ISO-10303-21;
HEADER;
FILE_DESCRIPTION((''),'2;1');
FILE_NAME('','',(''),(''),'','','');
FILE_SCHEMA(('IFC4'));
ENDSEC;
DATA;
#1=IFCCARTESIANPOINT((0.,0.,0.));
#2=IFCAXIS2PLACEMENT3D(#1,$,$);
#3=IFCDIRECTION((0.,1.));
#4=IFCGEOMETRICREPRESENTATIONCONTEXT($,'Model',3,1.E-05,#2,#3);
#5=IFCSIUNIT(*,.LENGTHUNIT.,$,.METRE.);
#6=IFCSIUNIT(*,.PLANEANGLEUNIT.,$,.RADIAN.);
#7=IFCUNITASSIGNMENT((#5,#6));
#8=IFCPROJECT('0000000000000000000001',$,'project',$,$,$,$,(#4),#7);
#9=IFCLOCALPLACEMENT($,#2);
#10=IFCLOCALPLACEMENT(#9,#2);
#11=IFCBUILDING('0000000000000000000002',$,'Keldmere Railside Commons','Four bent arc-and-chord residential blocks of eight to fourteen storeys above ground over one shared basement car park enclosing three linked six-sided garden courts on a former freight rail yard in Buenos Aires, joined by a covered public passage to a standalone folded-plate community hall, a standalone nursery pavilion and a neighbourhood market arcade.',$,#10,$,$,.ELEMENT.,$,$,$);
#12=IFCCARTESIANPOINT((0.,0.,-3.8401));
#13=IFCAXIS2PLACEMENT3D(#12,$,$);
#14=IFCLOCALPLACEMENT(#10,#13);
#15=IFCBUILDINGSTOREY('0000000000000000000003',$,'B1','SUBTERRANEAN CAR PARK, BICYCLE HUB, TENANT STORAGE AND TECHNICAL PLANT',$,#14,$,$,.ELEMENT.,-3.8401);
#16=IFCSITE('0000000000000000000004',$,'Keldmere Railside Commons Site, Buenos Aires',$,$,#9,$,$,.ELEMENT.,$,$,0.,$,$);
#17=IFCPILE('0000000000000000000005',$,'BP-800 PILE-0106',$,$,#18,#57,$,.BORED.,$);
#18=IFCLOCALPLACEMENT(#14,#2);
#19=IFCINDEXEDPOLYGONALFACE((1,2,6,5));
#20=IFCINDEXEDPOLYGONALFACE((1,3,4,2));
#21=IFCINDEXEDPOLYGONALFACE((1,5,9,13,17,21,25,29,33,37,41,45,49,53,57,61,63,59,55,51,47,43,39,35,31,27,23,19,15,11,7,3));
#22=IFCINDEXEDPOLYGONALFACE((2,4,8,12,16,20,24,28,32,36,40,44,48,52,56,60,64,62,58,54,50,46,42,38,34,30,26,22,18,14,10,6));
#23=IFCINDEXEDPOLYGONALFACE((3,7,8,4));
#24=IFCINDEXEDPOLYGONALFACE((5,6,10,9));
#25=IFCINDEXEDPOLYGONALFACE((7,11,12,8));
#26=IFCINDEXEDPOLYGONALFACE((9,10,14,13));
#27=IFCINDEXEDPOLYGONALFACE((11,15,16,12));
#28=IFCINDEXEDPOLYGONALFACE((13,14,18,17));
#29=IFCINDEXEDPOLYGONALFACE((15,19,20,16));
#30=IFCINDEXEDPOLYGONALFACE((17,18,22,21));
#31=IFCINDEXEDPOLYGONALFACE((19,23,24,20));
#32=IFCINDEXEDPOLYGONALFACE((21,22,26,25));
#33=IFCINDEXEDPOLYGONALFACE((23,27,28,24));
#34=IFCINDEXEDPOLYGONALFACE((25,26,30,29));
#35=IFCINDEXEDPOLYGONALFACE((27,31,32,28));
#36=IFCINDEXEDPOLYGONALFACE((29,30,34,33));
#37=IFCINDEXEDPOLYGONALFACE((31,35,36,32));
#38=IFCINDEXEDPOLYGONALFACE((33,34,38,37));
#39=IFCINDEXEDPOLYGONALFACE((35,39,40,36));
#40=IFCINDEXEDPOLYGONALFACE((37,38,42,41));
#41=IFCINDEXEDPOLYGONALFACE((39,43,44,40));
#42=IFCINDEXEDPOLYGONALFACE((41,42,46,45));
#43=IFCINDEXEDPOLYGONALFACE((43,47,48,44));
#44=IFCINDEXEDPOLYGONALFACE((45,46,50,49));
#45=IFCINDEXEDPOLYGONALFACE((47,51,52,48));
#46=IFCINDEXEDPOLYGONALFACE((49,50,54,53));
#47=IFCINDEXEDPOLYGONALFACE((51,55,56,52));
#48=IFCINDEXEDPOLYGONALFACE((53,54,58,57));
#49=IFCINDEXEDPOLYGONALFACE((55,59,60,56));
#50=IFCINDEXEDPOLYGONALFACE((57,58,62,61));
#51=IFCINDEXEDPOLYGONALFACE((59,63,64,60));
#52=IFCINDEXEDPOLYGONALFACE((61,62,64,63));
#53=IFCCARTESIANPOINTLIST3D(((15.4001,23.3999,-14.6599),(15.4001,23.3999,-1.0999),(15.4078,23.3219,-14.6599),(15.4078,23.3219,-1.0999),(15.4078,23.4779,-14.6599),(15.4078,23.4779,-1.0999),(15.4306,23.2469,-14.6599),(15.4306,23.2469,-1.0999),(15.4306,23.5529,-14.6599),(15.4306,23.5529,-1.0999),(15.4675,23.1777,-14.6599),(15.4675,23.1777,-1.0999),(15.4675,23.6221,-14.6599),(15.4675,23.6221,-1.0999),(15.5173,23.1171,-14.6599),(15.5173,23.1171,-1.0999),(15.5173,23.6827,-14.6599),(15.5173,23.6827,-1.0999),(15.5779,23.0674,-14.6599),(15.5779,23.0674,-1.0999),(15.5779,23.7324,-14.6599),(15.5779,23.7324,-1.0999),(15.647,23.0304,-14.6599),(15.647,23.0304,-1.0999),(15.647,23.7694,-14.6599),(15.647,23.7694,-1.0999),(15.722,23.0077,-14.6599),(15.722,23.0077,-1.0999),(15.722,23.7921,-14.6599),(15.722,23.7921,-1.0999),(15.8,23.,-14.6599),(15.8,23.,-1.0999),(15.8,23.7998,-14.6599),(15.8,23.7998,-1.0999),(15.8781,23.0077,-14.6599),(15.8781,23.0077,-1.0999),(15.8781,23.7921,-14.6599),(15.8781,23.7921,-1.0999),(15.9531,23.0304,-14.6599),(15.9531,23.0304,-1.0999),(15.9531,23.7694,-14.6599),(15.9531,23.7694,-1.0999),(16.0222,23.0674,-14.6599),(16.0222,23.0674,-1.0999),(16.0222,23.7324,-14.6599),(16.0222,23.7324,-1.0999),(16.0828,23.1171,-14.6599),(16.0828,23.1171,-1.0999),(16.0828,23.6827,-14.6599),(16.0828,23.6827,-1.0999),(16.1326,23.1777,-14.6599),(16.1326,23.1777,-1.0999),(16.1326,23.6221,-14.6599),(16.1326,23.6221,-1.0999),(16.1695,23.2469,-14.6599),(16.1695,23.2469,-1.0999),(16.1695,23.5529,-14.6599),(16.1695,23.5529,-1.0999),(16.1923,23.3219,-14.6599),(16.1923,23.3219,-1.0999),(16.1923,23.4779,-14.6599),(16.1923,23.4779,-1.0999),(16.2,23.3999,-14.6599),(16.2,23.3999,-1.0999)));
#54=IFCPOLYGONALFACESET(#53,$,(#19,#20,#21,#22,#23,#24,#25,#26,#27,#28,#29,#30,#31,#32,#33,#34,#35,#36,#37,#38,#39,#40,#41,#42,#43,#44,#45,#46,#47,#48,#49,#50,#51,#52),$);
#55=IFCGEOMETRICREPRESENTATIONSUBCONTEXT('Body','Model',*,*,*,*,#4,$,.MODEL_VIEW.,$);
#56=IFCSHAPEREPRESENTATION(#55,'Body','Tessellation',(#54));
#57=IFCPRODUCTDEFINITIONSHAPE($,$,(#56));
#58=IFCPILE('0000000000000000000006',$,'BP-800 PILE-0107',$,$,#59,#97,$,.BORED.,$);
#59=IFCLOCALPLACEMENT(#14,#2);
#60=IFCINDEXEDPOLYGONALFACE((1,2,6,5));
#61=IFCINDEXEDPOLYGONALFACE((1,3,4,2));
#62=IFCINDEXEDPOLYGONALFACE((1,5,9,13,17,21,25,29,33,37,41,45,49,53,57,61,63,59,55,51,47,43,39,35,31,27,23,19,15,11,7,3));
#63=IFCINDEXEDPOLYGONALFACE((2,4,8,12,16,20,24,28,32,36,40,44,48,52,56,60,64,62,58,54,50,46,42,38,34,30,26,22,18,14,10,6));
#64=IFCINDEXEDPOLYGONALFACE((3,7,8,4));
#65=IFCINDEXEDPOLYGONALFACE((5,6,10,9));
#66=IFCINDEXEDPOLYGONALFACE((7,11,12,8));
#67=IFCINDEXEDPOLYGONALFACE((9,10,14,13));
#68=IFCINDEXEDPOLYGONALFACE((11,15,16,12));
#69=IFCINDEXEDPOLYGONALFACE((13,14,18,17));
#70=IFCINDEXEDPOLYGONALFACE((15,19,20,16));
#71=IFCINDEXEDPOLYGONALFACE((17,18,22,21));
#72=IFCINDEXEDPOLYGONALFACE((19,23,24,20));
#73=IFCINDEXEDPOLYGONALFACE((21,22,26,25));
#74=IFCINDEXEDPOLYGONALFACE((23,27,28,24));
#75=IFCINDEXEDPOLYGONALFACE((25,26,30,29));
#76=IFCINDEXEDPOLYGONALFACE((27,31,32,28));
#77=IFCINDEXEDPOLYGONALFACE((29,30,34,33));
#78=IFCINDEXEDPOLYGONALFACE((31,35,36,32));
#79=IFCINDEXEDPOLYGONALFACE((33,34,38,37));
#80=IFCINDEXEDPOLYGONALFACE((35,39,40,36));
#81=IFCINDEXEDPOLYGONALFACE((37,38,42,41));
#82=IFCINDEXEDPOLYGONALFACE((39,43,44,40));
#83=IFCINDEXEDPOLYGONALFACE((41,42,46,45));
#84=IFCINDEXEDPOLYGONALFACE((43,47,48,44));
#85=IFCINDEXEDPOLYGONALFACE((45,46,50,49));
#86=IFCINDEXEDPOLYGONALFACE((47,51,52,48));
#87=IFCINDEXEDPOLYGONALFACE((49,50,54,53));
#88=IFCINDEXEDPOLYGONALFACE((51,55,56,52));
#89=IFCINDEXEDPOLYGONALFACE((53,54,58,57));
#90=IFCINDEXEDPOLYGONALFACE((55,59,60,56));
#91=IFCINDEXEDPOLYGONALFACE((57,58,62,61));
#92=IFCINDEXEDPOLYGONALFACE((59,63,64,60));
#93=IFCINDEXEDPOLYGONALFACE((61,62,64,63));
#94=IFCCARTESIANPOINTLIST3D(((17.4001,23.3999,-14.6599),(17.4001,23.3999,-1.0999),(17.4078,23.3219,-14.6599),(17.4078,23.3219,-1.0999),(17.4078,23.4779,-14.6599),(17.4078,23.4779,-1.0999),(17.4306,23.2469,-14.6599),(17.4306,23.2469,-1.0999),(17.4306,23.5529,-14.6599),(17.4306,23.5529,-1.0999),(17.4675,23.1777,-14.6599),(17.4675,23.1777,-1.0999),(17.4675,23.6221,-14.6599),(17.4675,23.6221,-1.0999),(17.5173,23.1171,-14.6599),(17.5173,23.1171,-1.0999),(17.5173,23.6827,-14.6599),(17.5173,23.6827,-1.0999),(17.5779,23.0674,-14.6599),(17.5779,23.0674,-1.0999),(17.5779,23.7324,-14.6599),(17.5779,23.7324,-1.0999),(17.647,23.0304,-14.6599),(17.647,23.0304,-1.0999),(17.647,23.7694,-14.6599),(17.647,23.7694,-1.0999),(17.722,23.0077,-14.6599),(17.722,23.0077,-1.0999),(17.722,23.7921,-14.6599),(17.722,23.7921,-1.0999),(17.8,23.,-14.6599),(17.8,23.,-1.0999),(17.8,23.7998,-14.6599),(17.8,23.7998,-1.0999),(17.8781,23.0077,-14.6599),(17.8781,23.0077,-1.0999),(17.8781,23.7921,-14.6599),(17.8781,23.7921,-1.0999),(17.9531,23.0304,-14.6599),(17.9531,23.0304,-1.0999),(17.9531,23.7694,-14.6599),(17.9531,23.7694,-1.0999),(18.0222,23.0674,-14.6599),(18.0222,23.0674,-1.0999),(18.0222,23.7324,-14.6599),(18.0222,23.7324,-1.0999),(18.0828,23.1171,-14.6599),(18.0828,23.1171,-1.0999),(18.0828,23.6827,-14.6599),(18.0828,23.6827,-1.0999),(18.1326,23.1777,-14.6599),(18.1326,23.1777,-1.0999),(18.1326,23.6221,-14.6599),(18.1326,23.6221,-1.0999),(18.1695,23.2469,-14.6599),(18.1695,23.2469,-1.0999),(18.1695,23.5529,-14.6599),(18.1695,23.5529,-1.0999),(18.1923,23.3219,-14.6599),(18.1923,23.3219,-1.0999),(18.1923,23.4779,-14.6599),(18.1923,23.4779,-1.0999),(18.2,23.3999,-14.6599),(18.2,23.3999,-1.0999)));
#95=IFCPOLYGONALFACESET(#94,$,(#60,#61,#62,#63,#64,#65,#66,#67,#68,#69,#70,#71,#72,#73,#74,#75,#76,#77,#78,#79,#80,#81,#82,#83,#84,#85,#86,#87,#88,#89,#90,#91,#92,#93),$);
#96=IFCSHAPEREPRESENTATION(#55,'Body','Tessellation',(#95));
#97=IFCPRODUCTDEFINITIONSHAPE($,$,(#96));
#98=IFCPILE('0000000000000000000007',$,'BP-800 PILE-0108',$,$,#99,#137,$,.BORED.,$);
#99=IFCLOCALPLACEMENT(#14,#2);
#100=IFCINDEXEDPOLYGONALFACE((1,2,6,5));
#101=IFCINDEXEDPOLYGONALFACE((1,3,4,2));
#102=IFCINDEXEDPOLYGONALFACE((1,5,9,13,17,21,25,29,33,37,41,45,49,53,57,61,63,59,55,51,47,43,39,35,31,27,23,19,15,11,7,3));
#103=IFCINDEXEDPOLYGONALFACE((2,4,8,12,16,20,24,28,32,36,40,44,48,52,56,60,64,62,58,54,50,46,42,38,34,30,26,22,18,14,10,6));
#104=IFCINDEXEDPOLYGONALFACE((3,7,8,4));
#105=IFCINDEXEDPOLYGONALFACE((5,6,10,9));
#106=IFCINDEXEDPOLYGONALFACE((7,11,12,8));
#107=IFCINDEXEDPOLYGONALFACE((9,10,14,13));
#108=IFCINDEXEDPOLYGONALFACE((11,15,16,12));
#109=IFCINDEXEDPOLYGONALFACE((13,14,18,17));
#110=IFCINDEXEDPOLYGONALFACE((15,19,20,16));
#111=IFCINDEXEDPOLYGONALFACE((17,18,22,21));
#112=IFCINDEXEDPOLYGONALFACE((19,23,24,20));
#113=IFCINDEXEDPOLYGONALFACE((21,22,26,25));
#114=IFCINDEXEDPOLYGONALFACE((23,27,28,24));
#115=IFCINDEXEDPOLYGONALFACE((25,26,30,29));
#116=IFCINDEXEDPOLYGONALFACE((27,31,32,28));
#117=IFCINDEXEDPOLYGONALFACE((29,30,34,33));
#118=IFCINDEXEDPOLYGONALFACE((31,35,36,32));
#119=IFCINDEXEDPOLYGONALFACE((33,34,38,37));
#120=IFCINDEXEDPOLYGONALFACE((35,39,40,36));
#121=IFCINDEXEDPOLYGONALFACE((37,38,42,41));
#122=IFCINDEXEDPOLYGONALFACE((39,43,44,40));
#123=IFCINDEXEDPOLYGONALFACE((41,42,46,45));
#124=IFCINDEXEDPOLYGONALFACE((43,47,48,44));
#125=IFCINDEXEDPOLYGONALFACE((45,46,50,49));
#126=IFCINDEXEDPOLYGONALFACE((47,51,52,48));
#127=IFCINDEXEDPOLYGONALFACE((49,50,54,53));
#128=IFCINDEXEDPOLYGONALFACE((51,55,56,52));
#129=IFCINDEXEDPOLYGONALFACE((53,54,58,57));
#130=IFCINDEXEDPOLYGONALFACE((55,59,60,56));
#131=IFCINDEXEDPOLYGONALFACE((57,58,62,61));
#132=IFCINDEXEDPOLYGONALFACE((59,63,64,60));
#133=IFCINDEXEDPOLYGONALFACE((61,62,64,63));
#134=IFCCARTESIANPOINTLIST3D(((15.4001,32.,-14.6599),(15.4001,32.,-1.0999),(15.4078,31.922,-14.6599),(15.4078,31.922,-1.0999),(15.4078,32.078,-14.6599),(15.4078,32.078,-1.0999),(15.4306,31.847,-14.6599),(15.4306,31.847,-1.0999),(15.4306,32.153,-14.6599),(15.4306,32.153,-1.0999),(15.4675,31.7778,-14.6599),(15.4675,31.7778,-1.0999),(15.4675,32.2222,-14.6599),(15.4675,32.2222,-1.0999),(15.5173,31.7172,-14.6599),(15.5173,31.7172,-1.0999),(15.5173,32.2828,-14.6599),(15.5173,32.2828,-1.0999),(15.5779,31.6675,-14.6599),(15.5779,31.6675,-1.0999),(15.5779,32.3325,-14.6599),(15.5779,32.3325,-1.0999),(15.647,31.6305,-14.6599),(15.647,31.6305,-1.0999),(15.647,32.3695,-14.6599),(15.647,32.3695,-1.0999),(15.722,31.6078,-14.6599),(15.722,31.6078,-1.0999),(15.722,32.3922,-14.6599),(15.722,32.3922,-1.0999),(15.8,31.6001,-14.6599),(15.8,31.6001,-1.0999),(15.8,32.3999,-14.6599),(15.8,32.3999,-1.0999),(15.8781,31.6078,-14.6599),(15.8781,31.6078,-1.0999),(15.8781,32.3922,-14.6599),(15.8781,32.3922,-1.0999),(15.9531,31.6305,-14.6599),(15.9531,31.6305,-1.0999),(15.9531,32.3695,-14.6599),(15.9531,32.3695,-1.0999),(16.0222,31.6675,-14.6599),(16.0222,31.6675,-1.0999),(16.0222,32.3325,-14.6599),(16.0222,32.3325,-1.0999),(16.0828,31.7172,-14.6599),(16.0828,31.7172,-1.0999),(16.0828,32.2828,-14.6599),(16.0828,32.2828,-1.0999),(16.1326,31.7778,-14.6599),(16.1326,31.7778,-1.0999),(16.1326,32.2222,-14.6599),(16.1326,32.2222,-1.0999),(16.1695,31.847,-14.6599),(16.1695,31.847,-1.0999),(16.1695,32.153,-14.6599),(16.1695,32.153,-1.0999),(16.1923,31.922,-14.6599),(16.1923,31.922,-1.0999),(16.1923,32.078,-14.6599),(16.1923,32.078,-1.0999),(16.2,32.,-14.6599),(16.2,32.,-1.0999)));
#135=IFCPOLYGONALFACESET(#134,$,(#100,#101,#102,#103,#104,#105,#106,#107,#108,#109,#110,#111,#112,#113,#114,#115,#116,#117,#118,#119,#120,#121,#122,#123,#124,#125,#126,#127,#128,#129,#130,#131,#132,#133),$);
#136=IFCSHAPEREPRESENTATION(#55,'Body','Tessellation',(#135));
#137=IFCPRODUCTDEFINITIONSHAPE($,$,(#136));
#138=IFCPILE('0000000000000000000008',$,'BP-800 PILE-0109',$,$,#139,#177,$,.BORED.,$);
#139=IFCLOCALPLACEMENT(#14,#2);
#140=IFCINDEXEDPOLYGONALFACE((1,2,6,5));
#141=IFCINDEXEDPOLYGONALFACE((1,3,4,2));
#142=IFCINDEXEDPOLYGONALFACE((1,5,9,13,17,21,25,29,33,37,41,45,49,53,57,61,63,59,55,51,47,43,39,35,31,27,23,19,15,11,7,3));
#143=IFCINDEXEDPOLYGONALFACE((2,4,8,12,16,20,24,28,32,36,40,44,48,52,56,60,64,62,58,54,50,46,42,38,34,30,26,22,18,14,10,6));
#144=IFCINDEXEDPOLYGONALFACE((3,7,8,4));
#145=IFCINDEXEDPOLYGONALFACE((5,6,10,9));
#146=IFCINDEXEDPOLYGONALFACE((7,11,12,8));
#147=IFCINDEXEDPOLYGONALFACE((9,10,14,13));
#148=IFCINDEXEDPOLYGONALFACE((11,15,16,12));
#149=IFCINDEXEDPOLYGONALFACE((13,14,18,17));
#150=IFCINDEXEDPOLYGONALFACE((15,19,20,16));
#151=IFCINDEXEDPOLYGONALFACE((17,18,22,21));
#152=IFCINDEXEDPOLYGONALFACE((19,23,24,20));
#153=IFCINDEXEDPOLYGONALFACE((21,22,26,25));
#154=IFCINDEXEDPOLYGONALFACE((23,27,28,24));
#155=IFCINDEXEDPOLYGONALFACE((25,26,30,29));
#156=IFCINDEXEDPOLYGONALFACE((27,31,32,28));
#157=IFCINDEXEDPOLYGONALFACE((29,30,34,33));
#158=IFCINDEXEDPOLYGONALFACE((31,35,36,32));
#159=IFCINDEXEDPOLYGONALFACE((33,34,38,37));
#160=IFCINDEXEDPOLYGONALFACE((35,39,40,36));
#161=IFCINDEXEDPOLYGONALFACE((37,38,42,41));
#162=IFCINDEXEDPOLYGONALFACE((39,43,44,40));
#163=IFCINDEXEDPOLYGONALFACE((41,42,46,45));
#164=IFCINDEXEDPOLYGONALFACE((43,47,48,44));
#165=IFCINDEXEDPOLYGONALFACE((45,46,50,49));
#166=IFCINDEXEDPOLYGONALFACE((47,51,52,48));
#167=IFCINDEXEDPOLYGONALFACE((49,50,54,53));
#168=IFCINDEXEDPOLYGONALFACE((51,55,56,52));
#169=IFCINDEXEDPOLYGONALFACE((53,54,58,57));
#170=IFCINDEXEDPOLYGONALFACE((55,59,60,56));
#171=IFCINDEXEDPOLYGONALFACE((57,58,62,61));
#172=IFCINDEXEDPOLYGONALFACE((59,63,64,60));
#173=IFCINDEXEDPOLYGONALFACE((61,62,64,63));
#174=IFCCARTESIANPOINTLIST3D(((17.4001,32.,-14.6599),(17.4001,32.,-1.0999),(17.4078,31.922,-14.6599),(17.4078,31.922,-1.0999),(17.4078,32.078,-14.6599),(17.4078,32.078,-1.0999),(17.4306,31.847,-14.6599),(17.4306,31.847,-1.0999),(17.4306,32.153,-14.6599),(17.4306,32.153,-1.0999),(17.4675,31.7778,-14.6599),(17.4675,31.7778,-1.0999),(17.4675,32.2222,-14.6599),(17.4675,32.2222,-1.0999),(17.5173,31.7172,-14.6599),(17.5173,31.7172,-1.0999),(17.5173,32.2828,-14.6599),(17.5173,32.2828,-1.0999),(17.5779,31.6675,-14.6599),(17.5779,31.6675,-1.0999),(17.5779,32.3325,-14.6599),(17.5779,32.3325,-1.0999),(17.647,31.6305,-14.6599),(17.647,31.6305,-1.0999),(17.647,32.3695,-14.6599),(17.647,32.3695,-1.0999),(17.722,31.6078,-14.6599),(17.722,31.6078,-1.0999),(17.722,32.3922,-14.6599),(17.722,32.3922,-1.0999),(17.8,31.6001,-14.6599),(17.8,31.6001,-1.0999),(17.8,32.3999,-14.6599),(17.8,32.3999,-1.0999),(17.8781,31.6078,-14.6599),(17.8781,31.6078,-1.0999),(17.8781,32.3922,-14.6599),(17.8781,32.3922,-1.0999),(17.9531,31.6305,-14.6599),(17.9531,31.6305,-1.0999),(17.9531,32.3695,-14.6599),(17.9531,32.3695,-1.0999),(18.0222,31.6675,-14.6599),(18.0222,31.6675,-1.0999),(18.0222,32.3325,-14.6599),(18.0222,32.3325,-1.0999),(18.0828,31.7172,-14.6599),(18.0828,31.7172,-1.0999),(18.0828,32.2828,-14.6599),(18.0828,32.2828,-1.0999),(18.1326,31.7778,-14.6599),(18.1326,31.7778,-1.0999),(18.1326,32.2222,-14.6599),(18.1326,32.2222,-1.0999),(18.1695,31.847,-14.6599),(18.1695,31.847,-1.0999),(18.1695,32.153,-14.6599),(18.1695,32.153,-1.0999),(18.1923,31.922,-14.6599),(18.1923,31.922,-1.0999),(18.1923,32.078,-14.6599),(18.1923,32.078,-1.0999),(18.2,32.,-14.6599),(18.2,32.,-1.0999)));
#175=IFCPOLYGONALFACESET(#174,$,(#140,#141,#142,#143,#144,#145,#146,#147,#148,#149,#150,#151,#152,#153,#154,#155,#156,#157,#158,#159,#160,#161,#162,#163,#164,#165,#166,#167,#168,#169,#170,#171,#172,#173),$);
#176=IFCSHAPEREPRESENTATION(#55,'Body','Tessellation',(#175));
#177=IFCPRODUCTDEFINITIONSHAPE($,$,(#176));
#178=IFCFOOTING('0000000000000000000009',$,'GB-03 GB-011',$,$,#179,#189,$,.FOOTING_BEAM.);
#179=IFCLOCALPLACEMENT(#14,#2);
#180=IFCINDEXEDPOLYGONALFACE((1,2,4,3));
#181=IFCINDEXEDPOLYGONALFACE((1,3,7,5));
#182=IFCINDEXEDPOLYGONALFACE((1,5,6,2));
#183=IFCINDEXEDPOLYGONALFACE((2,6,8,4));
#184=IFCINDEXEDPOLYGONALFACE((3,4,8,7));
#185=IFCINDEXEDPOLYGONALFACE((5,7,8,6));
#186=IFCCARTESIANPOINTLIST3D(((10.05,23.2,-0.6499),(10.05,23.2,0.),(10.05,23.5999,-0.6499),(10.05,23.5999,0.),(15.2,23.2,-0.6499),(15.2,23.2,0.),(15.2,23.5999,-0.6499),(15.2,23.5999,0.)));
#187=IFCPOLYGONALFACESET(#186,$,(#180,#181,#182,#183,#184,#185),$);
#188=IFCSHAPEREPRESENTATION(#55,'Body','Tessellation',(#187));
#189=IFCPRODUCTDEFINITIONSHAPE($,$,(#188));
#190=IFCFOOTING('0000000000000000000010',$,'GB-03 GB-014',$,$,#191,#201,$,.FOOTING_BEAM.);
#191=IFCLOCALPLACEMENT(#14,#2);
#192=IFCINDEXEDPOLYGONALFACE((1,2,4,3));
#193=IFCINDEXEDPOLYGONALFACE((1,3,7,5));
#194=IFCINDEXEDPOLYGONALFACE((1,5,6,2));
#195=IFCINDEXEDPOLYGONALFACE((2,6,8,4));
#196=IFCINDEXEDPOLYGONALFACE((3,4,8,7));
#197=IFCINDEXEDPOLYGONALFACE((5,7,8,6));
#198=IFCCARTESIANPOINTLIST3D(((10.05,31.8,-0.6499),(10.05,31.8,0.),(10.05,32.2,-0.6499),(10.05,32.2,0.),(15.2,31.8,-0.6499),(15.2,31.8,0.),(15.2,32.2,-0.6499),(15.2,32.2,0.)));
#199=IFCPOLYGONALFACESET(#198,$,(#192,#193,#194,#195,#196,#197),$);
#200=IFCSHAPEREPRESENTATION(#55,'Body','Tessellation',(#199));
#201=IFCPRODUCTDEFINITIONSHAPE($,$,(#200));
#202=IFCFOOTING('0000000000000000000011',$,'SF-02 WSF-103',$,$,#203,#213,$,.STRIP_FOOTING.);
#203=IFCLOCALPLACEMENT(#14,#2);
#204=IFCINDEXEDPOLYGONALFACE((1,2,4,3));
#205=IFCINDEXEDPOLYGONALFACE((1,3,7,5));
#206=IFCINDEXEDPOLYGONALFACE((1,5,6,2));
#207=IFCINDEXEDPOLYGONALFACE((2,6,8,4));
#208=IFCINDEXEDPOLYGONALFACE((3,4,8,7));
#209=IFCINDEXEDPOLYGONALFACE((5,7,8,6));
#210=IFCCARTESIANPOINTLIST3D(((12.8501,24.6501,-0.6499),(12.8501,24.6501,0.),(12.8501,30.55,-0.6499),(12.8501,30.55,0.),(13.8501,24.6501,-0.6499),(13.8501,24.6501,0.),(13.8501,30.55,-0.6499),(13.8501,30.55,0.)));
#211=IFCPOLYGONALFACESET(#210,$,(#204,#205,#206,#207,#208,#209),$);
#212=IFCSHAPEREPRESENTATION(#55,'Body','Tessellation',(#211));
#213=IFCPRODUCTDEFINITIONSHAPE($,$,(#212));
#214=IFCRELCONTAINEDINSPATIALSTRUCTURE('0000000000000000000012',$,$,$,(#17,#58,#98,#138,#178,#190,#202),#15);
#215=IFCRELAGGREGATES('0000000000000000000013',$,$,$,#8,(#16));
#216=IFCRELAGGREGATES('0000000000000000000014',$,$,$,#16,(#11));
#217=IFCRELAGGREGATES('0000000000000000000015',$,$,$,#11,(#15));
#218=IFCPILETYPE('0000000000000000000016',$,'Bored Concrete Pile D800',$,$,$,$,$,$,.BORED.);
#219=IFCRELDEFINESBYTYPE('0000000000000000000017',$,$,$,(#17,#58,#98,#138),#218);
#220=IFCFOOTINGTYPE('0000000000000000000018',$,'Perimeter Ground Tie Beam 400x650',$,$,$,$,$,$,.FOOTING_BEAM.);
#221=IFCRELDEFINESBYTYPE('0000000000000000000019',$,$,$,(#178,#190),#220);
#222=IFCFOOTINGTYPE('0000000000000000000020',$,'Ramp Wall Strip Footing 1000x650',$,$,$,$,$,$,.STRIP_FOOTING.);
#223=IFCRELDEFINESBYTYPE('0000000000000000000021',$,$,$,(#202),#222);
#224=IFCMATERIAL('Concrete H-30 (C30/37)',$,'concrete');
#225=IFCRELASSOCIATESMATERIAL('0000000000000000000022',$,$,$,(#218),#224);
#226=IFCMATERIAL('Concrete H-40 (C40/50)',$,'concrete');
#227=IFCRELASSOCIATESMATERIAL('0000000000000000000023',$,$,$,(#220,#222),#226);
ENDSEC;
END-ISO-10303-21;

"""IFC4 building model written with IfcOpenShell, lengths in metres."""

from ifc_helpers import new_model, si_unit, direction, frame, origin, origin_2d, place, context, subcontext, project, spatial, rectangle, circle, extrude, material, material_profile, profile_set, type_object, element, save


model = new_model("IFC4")

# Units and contexts
model_context = context("Model", 3, precision=1e-05, world=origin(), true_north=direction((0.0, 1.0)))
body_context = subcontext(model_context, "Body", "Model", "MODEL_VIEW")
ifc_project = project(units=[si_unit("LENGTHUNIT", "METRE"), si_unit("PLANEANGLEUNIT", "RADIAN")], contexts=[model_context])

# Site, building, storey
site_placement = place(None, origin())
site = spatial("IfcSite", under=ifc_project, at=site_placement, Name="Keldmere Railside Commons Site, Buenos Aires", CompositionType="ELEMENT", RefElevation=0.0)
building_placement = place(site_placement, origin())
building = spatial("IfcBuilding", under=site, at=building_placement, Name="Keldmere Railside Commons", Description="Four bent arc-and-chord residential blocks of eight to fourteen storeys above ground over one shared basement car park enclosing three linked six-sided garden courts on a former freight rail yard in Buenos Aires, joined by a covered public passage to a standalone folded-plate community hall, a standalone nursery pavilion and a neighbourhood market arcade.", CompositionType="ELEMENT")
storey_placement = place(building_placement, frame((0.0, 0.0, -3.8401)))
storey = spatial("IfcBuildingStorey", under=building, at=storey_placement, Name="B1", Description="SUBTERRANEAN CAR PARK, BICYCLE HUB, TENANT STORAGE AND TECHNICAL PLANT", CompositionType="ELEMENT", Elevation=-3.8401)

# Piles
ifc_material_1 = material(Name="Concrete H-30 (C30/37)", Category="concrete")
ifc_material_profile_1 = material_profile(ifc_material_1, circle(Radius=0.3999, at=origin_2d()), Name="PILE-D800")
ifc_profile_set_1 = profile_set([ifc_material_profile_1], Name="Concrete H-30 (C30/37)")
pile_type = type_object("IfcPileType", Name="Bored Concrete Pile D800", PredefinedType="BORED", material=ifc_profile_set_1)
for number, where, z_axis, x_axis, name in (
    (1, (15.8, 23.3999, -1.0999), (0.0, 0.0, -1.0), (1.0, 0.0, 0.0), "BP-800 PILE-0106"),
    (2, (17.8, 23.3999, -1.0999), (0.0, 0.0, -1.0), (1.0, 0.0, 0.0), "BP-800 PILE-0107"),
    (3, (15.8, 32.0, -1.0999), (0.0, 0.0, -1.0), (1.0, 0.0, 0.0), "BP-800 PILE-0108"),
    (4, (17.8, 32.0, -1.0999), (0.0, 0.0, -1.0), (1.0, 0.0, 0.0), "BP-800 PILE-0109"),
):
    element("IfcPile", number, at=place(storey_placement, frame(where, z_axis=z_axis, x_axis=x_axis)), inside=storey, type_object=pile_type, Name=name, PredefinedType="BORED", context=body_context, shape_type="SweptSolid", body=[
        extrude(circle(Radius=0.3999, at=origin_2d()), origin(), (0.0, 0.0, 1.0), 13.5601),
    ])

# Footings
ifc_material_2 = material(Name="Concrete H-40 (C40/50)", Category="concrete")
footing_type_1 = type_object("IfcFootingType", Name="Perimeter Ground Tie Beam 400x650", PredefinedType="FOOTING_BEAM", material=ifc_material_2)
for number, where, z_axis, x_axis, name in (
    (5, (12.625, 23.3999, -0.6499), (0.0, 0.0, 1.0), (1.0, 0.0, 0.0), "GB-03 GB-011"),
    (6, (12.625, 32.0, -0.6499), (0.0, 0.0, 1.0), (1.0, 0.0, 0.0), "GB-03 GB-014"),
):
    element("IfcFooting", number, at=place(storey_placement, frame(where, z_axis=z_axis, x_axis=x_axis)), inside=storey, type_object=footing_type_1, Name=name, PredefinedType="FOOTING_BEAM", context=body_context, shape_type="SweptSolid", body=[
        extrude(rectangle(XDim=5.1499, YDim=0.3999, at=origin_2d()), origin(), (0.0, 0.0, 1.0), 0.6499),
    ])
footing_type_2 = type_object("IfcFootingType", Name="Ramp Wall Strip Footing 1000x650", PredefinedType="STRIP_FOOTING", material=ifc_material_2)
footing_1_placement = place(storey_placement, frame((13.3501, 27.6001, -0.6499), z_axis=(0.0, 0.0, 1.0), x_axis=(0.0, 1.0, 0.0)))
element("IfcFooting", 7, at=footing_1_placement, inside=storey, type_object=footing_type_2, Name="SF-02 WSF-103", PredefinedType="STRIP_FOOTING", context=body_context, shape_type="SweptSolid", body=[
    extrude(rectangle(XDim=5.8999, YDim=1.0, at=origin_2d()), origin(), (0.0, 0.0, 1.0), 0.6499),
])

save(model, "model.ifc")
